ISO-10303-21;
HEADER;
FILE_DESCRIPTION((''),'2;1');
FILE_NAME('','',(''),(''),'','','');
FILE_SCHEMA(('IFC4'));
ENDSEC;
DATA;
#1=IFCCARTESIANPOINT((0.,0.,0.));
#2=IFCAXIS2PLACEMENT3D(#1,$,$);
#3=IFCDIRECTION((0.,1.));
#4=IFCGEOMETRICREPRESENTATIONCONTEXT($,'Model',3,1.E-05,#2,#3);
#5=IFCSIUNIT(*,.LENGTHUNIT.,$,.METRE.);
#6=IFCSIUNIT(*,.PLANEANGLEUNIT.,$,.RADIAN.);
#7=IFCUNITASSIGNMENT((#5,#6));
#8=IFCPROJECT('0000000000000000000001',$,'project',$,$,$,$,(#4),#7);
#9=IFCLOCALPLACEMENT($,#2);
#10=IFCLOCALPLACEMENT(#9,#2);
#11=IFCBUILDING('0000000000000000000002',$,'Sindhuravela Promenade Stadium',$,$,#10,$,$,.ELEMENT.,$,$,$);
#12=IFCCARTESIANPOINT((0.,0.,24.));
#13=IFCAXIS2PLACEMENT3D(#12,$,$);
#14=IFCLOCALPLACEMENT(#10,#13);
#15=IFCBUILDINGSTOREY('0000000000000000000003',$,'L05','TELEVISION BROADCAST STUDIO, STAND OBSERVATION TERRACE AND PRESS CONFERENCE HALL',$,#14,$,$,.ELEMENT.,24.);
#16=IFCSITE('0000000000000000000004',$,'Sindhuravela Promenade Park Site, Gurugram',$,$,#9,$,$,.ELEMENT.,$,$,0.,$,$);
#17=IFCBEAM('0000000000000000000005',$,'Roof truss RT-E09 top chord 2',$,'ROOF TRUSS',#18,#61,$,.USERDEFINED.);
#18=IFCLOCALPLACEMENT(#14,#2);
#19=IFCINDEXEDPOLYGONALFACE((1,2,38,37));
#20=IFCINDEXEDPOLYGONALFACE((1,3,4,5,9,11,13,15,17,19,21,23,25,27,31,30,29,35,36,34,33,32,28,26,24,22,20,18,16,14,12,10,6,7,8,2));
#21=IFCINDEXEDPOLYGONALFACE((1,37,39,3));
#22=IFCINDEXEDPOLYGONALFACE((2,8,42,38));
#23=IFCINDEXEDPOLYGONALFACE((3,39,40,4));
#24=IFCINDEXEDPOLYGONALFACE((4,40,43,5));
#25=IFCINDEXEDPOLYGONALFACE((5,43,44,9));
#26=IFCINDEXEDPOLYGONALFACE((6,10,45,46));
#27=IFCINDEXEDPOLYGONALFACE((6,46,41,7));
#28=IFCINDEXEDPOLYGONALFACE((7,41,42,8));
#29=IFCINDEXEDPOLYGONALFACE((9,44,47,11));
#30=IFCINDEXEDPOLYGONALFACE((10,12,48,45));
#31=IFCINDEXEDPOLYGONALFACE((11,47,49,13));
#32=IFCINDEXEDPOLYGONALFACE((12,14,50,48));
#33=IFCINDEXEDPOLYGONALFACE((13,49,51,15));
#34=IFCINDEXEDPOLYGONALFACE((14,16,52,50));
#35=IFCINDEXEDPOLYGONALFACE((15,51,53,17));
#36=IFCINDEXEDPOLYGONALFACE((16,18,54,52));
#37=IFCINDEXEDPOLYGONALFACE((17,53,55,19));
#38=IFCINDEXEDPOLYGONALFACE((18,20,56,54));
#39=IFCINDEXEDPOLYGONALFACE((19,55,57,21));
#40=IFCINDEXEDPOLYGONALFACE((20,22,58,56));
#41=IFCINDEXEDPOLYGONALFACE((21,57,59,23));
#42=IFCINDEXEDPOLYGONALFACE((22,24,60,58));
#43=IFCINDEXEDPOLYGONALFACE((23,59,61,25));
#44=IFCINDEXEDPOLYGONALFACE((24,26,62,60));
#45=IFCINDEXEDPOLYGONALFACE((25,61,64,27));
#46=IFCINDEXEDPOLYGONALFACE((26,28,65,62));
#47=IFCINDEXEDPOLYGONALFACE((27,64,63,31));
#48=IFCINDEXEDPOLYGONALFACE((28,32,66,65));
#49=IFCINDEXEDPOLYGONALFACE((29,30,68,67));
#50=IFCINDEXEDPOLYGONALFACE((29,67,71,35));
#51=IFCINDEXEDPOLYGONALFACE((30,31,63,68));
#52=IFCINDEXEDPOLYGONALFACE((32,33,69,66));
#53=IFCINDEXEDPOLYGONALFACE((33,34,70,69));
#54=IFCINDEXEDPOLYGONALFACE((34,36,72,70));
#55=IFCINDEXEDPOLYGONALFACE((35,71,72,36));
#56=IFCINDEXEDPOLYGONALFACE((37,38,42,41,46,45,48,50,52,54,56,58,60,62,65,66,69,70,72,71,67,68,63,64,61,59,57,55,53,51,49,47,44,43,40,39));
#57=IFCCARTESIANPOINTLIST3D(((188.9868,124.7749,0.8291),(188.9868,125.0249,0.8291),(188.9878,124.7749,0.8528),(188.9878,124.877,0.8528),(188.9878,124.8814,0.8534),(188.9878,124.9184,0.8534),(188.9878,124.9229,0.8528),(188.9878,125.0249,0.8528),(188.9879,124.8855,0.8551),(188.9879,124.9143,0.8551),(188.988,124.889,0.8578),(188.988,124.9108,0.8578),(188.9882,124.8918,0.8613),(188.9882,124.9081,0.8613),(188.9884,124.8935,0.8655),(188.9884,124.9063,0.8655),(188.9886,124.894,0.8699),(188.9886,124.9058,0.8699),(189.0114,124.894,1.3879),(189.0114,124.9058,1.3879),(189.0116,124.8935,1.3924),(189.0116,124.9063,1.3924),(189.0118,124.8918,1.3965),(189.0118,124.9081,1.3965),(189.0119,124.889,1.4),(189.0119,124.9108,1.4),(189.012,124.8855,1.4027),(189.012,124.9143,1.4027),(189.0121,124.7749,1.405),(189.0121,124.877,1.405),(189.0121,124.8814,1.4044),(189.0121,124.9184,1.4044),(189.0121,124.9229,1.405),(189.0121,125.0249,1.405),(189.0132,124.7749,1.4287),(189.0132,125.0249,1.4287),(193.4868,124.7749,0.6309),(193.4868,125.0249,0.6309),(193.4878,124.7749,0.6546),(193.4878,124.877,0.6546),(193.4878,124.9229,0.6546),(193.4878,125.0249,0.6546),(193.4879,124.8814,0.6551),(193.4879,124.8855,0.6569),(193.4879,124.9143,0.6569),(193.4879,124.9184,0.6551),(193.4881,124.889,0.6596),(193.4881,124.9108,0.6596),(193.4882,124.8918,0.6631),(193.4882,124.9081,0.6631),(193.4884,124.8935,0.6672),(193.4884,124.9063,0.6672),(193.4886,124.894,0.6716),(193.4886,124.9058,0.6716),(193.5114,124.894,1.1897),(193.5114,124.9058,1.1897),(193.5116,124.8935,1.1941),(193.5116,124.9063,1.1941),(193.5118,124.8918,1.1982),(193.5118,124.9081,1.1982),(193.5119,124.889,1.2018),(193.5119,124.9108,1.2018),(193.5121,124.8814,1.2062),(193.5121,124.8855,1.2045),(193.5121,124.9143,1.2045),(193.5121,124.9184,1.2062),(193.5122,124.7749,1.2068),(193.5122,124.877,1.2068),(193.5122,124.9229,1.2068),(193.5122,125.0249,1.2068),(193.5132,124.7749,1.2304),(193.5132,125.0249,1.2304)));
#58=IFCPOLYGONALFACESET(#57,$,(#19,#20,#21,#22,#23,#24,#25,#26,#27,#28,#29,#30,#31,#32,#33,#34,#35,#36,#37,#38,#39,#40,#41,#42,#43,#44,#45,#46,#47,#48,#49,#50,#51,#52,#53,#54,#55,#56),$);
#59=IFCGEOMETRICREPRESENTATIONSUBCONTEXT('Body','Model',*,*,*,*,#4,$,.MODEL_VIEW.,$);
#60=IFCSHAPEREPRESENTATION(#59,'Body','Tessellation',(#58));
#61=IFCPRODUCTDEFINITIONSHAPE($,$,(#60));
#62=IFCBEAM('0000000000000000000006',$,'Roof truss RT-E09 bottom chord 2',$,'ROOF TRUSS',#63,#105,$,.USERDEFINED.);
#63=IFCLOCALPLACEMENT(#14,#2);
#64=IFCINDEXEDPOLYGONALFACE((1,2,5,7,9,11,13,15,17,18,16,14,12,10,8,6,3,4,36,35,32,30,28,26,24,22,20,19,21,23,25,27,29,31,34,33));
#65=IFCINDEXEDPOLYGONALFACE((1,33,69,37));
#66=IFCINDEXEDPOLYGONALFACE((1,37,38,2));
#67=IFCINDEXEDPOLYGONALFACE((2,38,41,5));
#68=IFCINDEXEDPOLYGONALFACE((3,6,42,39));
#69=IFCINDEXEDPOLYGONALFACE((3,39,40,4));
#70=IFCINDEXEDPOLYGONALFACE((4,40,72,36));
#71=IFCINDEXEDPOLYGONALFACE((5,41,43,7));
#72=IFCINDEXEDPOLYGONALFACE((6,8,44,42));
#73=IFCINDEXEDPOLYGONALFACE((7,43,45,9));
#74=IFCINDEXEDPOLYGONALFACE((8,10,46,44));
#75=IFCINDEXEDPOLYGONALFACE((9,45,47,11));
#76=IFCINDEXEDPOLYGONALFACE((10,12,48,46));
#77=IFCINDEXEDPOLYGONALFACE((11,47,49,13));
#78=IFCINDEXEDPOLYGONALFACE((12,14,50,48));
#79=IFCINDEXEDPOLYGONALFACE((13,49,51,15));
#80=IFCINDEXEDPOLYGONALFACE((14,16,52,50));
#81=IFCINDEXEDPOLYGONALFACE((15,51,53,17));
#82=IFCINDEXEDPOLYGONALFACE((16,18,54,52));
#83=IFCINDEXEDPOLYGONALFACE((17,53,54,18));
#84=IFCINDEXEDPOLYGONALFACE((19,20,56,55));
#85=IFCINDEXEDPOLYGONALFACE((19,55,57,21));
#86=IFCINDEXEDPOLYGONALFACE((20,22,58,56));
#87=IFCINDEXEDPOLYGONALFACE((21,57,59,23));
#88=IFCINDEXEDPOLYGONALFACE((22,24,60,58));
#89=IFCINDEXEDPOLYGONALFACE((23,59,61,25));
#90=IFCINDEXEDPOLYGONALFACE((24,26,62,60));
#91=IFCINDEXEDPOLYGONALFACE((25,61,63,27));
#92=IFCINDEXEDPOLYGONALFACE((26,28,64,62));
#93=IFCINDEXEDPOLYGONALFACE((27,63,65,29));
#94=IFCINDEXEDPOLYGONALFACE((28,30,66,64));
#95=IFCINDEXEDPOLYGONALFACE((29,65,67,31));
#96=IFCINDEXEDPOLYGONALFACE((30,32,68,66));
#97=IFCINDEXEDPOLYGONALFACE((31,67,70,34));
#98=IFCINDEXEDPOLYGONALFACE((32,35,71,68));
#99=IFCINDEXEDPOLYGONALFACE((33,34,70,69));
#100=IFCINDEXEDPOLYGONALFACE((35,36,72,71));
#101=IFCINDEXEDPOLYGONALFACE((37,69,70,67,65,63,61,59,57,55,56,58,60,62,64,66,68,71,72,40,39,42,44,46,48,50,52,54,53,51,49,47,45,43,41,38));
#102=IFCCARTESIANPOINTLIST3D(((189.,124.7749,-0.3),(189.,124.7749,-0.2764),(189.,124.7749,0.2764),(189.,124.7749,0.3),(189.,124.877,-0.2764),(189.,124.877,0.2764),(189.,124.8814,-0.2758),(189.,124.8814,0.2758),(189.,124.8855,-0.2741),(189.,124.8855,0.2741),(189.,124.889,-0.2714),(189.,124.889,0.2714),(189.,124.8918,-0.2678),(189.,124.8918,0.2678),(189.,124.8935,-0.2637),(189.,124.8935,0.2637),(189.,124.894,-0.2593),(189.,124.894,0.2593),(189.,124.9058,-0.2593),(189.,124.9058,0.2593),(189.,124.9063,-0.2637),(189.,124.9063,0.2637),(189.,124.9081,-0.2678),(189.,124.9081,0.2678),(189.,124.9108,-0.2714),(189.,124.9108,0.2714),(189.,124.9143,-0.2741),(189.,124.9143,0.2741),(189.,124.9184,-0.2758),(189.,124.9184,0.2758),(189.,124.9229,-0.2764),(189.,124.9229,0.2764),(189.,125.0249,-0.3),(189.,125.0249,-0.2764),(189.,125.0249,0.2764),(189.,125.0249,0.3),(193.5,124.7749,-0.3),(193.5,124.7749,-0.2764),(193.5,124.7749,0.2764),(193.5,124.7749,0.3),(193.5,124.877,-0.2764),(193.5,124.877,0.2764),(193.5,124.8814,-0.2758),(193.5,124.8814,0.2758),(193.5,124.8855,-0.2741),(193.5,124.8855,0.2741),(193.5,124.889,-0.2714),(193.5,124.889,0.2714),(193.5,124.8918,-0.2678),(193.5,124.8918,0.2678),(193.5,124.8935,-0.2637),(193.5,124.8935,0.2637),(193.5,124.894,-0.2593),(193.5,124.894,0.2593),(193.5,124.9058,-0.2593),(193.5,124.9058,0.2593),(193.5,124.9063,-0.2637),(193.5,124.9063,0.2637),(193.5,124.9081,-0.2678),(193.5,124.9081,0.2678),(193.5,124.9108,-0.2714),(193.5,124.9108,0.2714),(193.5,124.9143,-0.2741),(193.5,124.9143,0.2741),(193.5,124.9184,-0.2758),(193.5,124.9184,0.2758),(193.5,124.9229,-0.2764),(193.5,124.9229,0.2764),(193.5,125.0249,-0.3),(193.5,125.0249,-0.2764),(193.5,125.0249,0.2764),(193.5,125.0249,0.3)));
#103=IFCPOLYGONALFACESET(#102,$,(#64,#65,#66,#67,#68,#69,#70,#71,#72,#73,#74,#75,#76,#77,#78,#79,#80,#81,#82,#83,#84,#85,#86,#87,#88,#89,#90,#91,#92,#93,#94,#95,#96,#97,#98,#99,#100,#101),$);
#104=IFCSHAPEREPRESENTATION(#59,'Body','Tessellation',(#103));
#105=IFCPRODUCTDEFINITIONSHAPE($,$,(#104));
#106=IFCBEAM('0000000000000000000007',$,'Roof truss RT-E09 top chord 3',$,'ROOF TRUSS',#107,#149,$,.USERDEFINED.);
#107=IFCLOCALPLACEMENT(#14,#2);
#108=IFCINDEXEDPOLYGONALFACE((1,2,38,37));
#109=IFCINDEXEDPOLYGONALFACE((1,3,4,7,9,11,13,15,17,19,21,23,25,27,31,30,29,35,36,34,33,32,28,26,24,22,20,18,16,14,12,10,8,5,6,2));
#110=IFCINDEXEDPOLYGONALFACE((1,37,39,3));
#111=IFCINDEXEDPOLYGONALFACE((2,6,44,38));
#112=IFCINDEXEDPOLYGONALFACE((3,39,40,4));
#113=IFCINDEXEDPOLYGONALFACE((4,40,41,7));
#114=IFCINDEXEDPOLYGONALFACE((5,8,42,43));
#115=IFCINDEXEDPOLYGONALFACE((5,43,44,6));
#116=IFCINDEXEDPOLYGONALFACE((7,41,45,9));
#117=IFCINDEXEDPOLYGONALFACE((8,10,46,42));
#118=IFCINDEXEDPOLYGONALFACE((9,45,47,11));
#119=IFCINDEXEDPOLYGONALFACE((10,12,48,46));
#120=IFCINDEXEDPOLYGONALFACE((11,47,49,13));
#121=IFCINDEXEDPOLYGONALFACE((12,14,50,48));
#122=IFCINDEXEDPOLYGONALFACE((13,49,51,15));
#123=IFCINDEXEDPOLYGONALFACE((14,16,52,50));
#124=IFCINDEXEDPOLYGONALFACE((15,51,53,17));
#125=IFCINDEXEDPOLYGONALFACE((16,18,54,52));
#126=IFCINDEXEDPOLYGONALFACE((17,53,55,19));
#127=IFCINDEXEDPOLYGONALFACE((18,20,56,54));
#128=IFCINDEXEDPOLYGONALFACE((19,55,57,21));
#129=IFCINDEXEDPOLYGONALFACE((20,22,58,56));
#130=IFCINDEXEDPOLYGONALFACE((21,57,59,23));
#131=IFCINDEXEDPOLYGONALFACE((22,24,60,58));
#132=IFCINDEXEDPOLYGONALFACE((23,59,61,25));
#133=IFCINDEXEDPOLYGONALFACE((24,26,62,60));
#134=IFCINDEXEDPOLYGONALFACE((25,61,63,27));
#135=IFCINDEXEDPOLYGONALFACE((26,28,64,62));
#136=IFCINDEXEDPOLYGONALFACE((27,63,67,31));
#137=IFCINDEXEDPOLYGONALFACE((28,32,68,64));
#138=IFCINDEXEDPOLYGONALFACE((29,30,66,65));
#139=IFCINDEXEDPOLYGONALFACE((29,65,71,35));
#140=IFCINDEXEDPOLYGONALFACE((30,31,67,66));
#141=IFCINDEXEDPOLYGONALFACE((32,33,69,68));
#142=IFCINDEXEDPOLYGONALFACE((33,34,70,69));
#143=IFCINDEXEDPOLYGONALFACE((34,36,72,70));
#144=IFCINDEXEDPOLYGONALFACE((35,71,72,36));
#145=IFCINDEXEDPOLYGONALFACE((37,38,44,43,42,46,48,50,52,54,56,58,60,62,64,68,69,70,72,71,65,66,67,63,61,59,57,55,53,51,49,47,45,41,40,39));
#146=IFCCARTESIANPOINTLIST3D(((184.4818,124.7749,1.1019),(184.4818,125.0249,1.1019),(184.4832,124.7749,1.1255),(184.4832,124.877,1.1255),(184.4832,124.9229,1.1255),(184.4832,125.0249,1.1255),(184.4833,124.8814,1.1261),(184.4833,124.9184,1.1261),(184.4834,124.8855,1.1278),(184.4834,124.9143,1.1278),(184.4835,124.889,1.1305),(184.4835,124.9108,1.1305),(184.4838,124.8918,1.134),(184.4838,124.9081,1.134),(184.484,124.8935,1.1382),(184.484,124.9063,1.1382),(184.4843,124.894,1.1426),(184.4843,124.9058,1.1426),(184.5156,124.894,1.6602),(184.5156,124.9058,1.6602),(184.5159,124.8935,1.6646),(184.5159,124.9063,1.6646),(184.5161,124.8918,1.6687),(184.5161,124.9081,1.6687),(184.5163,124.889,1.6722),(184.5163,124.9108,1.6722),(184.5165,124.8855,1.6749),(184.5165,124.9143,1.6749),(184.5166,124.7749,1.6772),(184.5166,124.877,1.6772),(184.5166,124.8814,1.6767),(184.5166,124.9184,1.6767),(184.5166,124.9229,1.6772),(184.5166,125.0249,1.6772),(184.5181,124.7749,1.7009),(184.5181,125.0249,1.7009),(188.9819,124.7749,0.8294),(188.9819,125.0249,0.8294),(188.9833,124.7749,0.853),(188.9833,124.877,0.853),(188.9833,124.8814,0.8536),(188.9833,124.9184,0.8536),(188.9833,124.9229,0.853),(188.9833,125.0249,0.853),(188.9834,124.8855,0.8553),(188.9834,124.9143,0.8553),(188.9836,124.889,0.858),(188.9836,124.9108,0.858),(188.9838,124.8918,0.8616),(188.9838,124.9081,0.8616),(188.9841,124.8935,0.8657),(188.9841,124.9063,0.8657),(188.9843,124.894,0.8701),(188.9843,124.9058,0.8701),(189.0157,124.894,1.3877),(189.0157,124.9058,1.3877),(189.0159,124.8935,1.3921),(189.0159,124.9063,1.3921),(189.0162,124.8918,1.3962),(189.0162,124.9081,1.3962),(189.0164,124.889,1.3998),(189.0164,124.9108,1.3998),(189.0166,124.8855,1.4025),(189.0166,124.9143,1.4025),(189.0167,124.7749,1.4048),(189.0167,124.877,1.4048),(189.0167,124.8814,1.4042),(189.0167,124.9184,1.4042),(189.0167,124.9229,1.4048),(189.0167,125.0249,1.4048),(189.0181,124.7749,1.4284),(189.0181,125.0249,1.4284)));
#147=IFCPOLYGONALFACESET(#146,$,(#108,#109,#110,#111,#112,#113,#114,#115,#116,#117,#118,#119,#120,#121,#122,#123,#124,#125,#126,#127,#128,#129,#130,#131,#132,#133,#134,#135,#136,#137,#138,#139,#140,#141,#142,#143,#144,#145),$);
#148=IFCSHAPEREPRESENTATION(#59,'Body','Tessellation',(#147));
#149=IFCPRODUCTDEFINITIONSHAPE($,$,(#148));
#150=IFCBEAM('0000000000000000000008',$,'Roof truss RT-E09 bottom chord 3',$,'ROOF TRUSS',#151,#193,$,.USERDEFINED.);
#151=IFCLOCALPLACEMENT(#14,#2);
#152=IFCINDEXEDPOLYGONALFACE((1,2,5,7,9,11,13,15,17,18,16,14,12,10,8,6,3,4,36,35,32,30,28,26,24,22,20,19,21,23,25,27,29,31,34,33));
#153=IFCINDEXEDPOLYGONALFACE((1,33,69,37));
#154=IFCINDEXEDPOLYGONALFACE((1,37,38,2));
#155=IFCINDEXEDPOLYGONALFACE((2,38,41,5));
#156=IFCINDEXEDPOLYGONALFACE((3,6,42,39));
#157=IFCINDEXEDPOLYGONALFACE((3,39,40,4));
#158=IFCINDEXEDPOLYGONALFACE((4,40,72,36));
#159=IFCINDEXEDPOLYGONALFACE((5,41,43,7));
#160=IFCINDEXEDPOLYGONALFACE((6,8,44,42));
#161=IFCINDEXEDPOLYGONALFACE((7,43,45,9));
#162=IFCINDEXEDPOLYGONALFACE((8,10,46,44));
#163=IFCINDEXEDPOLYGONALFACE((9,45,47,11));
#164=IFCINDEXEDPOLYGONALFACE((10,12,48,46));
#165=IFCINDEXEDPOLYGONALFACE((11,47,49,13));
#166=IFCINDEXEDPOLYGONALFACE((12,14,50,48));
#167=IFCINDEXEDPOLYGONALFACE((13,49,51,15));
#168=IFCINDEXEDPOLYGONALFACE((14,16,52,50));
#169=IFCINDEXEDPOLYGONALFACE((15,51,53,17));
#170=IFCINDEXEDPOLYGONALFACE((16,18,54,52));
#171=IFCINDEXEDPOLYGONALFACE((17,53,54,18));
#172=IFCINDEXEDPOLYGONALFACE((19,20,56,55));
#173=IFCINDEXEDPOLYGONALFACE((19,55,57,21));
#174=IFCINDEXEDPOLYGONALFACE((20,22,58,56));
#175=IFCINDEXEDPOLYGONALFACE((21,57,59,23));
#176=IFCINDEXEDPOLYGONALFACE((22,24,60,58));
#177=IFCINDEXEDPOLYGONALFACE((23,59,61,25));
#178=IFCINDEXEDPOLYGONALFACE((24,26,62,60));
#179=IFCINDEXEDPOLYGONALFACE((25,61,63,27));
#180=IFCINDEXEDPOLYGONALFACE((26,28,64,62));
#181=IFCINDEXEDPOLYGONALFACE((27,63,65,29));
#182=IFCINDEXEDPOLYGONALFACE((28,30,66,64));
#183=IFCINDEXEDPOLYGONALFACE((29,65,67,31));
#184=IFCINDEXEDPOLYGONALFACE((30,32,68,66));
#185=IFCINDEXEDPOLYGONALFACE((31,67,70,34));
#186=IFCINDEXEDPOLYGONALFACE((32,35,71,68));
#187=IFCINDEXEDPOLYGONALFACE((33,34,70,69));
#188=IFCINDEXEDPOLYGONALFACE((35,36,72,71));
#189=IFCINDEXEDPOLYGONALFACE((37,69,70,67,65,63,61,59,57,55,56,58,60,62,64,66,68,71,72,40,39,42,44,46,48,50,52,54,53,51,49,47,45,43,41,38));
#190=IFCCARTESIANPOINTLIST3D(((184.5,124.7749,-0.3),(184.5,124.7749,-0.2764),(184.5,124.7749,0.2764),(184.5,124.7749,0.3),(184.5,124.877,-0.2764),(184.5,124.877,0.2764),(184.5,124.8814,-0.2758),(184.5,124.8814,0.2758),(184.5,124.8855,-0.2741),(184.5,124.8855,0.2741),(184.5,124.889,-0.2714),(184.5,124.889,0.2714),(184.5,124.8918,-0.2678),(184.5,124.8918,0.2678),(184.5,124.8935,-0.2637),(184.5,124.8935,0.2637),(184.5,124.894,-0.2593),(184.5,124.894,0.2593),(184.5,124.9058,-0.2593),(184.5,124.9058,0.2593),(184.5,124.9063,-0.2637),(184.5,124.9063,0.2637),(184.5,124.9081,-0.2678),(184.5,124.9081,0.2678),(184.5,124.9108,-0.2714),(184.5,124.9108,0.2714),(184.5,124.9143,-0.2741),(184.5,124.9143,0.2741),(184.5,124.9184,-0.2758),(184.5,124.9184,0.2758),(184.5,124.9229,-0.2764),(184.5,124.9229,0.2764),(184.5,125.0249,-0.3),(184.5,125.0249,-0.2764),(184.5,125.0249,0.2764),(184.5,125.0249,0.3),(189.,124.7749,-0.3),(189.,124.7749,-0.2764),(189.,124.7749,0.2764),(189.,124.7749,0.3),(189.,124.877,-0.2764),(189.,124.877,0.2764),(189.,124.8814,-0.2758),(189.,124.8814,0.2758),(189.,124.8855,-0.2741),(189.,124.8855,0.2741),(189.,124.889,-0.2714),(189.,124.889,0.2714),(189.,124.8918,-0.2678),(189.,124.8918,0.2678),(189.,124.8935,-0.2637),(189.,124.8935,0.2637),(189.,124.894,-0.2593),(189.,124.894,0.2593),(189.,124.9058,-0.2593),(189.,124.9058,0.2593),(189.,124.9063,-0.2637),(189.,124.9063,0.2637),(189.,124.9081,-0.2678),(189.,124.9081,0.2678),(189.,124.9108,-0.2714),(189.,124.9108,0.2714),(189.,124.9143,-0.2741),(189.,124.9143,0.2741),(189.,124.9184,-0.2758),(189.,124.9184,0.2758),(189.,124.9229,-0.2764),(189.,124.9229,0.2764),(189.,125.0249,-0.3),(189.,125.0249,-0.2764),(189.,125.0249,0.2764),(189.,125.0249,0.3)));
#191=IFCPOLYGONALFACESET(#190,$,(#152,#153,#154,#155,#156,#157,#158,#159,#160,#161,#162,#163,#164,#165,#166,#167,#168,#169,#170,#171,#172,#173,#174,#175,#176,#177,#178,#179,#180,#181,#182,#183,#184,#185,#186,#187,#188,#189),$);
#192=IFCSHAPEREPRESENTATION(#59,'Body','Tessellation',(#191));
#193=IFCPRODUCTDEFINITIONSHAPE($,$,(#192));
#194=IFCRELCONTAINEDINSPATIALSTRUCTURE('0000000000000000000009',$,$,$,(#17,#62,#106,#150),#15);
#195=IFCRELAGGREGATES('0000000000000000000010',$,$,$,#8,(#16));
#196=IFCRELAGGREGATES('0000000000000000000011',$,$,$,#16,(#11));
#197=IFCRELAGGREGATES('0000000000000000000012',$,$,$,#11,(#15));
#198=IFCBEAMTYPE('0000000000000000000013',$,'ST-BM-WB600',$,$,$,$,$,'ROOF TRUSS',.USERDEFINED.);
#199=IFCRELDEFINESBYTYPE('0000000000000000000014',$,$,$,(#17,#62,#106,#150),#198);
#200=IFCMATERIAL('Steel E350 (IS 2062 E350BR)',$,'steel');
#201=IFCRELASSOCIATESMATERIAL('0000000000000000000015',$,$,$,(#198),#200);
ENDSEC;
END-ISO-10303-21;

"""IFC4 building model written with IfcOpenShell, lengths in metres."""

from ifc_helpers import new_model, si_unit, direction, frame, origin, origin_2d, place, context, subcontext, project, spatial, i_section, extrude, material, material_profile, profile_set, type_object, element, save


model = new_model("IFC4")

# Units and contexts
model_context = context("Model", 3, precision=1e-05, world=origin(), true_north=direction((0.0, 1.0)))
body_context = subcontext(model_context, "Body", "Model", "MODEL_VIEW")
ifc_project = project(units=[si_unit("LENGTHUNIT", "METRE"), si_unit("PLANEANGLEUNIT", "RADIAN")], contexts=[model_context])

# Site, building, storey
site_placement = place(None, origin())
site = spatial("IfcSite", under=ifc_project, at=site_placement, Name="Sindhuravela Promenade Park Site, Gurugram", CompositionType="ELEMENT", RefElevation=0.0)
building_placement = place(site_placement, origin())
building = spatial("IfcBuilding", under=site, at=building_placement, Name="Sindhuravela Promenade Stadium", CompositionType="ELEMENT")
storey_placement = place(building_placement, frame((0.0, 0.0, 24.0)))
storey = spatial("IfcBuildingStorey", under=building, at=storey_placement, Name="L05", Description="TELEVISION BROADCAST STUDIO, STAND OBSERVATION TERRACE AND PRESS CONFERENCE HALL", CompositionType="ELEMENT", Elevation=24.0)

# Beams
ifc_material_1 = material(Name="Steel E350 (IS 2062 E350BR)", Category="steel")
ifc_material_profile_1 = material_profile(ifc_material_1, i_section(OverallWidth=0.25, OverallDepth=0.6001, WebThickness=0.0117, FlangeThickness=0.0237, FilletRadius=0.0171, at=origin_2d()), Name="ISWB 600")
ifc_profile_set_1 = profile_set([ifc_material_profile_1], Name="Steel E350 (IS 2062 E350BR)")
beam_type = type_object("IfcBeamType", Name="ST-BM-WB600", ElementType="ROOF TRUSS", PredefinedType="USERDEFINED", material=ifc_profile_set_1)
beam_1_placement = place(storey_placement, frame((193.5, 124.8999, 0.9307), z_axis=(-0.999031, 0.0, 0.044011), x_axis=(0.0, -1.0, 0.0)))
element("IfcBeam", 1, at=beam_1_placement, inside=storey, type_object=beam_type, Name="Roof truss RT-E09 top chord 2", ObjectType="ROOF TRUSS", PredefinedType="USERDEFINED", context=body_context, shape_type="SweptSolid", body=[
    extrude(i_section(OverallWidth=0.25, OverallDepth=0.6001, WebThickness=0.0117, FlangeThickness=0.0237, FilletRadius=0.0171, at=origin_2d()), origin(), (0.0, 0.0, 1.0), 4.5044),
])
beam_2_placement = place(storey_placement, frame((193.5, 124.8999, 0.0), z_axis=(-1.0, 0.0, 0.0), x_axis=(0.0, -1.0, 0.0)))
element("IfcBeam", 2, at=beam_2_placement, inside=storey, type_object=beam_type, Name="Roof truss RT-E09 bottom chord 2", ObjectType="ROOF TRUSS", PredefinedType="USERDEFINED", context=body_context, shape_type="SweptSolid", body=[
    extrude(i_section(OverallWidth=0.25, OverallDepth=0.6001, WebThickness=0.0117, FlangeThickness=0.0237, FilletRadius=0.0171, at=origin_2d()), origin(), (0.0, 0.0, 1.0), 4.5),
])
beam_3_placement = place(storey_placement, frame((189.0, 124.8999, 1.1289), z_axis=(-0.998172, 0.0, 0.060436), x_axis=(0.0, -1.0, 0.0)))
element("IfcBeam", 3, at=beam_3_placement, inside=storey, type_object=beam_type, Name="Roof truss RT-E09 top chord 3", ObjectType="ROOF TRUSS", PredefinedType="USERDEFINED", context=body_context, shape_type="SweptSolid", body=[
    extrude(i_section(OverallWidth=0.25, OverallDepth=0.6001, WebThickness=0.0117, FlangeThickness=0.0237, FilletRadius=0.0171, at=origin_2d()), origin(), (0.0, 0.0, 1.0), 4.5083),
])
beam_4_placement = place(storey_placement, frame((189.0, 124.8999, 0.0), z_axis=(-1.0, 0.0, 0.0), x_axis=(0.0, -1.0, 0.0)))
element("IfcBeam", 4, at=beam_4_placement, inside=storey, type_object=beam_type, Name="Roof truss RT-E09 bottom chord 3", ObjectType="ROOF TRUSS", PredefinedType="USERDEFINED", context=body_context, shape_type="SweptSolid", body=[
    extrude(i_section(OverallWidth=0.25, OverallDepth=0.6001, WebThickness=0.0117, FlangeThickness=0.0237, FilletRadius=0.0171, at=origin_2d()), origin(), (0.0, 0.0, 1.0), 4.5),
])

save(model, "model.ifc")
